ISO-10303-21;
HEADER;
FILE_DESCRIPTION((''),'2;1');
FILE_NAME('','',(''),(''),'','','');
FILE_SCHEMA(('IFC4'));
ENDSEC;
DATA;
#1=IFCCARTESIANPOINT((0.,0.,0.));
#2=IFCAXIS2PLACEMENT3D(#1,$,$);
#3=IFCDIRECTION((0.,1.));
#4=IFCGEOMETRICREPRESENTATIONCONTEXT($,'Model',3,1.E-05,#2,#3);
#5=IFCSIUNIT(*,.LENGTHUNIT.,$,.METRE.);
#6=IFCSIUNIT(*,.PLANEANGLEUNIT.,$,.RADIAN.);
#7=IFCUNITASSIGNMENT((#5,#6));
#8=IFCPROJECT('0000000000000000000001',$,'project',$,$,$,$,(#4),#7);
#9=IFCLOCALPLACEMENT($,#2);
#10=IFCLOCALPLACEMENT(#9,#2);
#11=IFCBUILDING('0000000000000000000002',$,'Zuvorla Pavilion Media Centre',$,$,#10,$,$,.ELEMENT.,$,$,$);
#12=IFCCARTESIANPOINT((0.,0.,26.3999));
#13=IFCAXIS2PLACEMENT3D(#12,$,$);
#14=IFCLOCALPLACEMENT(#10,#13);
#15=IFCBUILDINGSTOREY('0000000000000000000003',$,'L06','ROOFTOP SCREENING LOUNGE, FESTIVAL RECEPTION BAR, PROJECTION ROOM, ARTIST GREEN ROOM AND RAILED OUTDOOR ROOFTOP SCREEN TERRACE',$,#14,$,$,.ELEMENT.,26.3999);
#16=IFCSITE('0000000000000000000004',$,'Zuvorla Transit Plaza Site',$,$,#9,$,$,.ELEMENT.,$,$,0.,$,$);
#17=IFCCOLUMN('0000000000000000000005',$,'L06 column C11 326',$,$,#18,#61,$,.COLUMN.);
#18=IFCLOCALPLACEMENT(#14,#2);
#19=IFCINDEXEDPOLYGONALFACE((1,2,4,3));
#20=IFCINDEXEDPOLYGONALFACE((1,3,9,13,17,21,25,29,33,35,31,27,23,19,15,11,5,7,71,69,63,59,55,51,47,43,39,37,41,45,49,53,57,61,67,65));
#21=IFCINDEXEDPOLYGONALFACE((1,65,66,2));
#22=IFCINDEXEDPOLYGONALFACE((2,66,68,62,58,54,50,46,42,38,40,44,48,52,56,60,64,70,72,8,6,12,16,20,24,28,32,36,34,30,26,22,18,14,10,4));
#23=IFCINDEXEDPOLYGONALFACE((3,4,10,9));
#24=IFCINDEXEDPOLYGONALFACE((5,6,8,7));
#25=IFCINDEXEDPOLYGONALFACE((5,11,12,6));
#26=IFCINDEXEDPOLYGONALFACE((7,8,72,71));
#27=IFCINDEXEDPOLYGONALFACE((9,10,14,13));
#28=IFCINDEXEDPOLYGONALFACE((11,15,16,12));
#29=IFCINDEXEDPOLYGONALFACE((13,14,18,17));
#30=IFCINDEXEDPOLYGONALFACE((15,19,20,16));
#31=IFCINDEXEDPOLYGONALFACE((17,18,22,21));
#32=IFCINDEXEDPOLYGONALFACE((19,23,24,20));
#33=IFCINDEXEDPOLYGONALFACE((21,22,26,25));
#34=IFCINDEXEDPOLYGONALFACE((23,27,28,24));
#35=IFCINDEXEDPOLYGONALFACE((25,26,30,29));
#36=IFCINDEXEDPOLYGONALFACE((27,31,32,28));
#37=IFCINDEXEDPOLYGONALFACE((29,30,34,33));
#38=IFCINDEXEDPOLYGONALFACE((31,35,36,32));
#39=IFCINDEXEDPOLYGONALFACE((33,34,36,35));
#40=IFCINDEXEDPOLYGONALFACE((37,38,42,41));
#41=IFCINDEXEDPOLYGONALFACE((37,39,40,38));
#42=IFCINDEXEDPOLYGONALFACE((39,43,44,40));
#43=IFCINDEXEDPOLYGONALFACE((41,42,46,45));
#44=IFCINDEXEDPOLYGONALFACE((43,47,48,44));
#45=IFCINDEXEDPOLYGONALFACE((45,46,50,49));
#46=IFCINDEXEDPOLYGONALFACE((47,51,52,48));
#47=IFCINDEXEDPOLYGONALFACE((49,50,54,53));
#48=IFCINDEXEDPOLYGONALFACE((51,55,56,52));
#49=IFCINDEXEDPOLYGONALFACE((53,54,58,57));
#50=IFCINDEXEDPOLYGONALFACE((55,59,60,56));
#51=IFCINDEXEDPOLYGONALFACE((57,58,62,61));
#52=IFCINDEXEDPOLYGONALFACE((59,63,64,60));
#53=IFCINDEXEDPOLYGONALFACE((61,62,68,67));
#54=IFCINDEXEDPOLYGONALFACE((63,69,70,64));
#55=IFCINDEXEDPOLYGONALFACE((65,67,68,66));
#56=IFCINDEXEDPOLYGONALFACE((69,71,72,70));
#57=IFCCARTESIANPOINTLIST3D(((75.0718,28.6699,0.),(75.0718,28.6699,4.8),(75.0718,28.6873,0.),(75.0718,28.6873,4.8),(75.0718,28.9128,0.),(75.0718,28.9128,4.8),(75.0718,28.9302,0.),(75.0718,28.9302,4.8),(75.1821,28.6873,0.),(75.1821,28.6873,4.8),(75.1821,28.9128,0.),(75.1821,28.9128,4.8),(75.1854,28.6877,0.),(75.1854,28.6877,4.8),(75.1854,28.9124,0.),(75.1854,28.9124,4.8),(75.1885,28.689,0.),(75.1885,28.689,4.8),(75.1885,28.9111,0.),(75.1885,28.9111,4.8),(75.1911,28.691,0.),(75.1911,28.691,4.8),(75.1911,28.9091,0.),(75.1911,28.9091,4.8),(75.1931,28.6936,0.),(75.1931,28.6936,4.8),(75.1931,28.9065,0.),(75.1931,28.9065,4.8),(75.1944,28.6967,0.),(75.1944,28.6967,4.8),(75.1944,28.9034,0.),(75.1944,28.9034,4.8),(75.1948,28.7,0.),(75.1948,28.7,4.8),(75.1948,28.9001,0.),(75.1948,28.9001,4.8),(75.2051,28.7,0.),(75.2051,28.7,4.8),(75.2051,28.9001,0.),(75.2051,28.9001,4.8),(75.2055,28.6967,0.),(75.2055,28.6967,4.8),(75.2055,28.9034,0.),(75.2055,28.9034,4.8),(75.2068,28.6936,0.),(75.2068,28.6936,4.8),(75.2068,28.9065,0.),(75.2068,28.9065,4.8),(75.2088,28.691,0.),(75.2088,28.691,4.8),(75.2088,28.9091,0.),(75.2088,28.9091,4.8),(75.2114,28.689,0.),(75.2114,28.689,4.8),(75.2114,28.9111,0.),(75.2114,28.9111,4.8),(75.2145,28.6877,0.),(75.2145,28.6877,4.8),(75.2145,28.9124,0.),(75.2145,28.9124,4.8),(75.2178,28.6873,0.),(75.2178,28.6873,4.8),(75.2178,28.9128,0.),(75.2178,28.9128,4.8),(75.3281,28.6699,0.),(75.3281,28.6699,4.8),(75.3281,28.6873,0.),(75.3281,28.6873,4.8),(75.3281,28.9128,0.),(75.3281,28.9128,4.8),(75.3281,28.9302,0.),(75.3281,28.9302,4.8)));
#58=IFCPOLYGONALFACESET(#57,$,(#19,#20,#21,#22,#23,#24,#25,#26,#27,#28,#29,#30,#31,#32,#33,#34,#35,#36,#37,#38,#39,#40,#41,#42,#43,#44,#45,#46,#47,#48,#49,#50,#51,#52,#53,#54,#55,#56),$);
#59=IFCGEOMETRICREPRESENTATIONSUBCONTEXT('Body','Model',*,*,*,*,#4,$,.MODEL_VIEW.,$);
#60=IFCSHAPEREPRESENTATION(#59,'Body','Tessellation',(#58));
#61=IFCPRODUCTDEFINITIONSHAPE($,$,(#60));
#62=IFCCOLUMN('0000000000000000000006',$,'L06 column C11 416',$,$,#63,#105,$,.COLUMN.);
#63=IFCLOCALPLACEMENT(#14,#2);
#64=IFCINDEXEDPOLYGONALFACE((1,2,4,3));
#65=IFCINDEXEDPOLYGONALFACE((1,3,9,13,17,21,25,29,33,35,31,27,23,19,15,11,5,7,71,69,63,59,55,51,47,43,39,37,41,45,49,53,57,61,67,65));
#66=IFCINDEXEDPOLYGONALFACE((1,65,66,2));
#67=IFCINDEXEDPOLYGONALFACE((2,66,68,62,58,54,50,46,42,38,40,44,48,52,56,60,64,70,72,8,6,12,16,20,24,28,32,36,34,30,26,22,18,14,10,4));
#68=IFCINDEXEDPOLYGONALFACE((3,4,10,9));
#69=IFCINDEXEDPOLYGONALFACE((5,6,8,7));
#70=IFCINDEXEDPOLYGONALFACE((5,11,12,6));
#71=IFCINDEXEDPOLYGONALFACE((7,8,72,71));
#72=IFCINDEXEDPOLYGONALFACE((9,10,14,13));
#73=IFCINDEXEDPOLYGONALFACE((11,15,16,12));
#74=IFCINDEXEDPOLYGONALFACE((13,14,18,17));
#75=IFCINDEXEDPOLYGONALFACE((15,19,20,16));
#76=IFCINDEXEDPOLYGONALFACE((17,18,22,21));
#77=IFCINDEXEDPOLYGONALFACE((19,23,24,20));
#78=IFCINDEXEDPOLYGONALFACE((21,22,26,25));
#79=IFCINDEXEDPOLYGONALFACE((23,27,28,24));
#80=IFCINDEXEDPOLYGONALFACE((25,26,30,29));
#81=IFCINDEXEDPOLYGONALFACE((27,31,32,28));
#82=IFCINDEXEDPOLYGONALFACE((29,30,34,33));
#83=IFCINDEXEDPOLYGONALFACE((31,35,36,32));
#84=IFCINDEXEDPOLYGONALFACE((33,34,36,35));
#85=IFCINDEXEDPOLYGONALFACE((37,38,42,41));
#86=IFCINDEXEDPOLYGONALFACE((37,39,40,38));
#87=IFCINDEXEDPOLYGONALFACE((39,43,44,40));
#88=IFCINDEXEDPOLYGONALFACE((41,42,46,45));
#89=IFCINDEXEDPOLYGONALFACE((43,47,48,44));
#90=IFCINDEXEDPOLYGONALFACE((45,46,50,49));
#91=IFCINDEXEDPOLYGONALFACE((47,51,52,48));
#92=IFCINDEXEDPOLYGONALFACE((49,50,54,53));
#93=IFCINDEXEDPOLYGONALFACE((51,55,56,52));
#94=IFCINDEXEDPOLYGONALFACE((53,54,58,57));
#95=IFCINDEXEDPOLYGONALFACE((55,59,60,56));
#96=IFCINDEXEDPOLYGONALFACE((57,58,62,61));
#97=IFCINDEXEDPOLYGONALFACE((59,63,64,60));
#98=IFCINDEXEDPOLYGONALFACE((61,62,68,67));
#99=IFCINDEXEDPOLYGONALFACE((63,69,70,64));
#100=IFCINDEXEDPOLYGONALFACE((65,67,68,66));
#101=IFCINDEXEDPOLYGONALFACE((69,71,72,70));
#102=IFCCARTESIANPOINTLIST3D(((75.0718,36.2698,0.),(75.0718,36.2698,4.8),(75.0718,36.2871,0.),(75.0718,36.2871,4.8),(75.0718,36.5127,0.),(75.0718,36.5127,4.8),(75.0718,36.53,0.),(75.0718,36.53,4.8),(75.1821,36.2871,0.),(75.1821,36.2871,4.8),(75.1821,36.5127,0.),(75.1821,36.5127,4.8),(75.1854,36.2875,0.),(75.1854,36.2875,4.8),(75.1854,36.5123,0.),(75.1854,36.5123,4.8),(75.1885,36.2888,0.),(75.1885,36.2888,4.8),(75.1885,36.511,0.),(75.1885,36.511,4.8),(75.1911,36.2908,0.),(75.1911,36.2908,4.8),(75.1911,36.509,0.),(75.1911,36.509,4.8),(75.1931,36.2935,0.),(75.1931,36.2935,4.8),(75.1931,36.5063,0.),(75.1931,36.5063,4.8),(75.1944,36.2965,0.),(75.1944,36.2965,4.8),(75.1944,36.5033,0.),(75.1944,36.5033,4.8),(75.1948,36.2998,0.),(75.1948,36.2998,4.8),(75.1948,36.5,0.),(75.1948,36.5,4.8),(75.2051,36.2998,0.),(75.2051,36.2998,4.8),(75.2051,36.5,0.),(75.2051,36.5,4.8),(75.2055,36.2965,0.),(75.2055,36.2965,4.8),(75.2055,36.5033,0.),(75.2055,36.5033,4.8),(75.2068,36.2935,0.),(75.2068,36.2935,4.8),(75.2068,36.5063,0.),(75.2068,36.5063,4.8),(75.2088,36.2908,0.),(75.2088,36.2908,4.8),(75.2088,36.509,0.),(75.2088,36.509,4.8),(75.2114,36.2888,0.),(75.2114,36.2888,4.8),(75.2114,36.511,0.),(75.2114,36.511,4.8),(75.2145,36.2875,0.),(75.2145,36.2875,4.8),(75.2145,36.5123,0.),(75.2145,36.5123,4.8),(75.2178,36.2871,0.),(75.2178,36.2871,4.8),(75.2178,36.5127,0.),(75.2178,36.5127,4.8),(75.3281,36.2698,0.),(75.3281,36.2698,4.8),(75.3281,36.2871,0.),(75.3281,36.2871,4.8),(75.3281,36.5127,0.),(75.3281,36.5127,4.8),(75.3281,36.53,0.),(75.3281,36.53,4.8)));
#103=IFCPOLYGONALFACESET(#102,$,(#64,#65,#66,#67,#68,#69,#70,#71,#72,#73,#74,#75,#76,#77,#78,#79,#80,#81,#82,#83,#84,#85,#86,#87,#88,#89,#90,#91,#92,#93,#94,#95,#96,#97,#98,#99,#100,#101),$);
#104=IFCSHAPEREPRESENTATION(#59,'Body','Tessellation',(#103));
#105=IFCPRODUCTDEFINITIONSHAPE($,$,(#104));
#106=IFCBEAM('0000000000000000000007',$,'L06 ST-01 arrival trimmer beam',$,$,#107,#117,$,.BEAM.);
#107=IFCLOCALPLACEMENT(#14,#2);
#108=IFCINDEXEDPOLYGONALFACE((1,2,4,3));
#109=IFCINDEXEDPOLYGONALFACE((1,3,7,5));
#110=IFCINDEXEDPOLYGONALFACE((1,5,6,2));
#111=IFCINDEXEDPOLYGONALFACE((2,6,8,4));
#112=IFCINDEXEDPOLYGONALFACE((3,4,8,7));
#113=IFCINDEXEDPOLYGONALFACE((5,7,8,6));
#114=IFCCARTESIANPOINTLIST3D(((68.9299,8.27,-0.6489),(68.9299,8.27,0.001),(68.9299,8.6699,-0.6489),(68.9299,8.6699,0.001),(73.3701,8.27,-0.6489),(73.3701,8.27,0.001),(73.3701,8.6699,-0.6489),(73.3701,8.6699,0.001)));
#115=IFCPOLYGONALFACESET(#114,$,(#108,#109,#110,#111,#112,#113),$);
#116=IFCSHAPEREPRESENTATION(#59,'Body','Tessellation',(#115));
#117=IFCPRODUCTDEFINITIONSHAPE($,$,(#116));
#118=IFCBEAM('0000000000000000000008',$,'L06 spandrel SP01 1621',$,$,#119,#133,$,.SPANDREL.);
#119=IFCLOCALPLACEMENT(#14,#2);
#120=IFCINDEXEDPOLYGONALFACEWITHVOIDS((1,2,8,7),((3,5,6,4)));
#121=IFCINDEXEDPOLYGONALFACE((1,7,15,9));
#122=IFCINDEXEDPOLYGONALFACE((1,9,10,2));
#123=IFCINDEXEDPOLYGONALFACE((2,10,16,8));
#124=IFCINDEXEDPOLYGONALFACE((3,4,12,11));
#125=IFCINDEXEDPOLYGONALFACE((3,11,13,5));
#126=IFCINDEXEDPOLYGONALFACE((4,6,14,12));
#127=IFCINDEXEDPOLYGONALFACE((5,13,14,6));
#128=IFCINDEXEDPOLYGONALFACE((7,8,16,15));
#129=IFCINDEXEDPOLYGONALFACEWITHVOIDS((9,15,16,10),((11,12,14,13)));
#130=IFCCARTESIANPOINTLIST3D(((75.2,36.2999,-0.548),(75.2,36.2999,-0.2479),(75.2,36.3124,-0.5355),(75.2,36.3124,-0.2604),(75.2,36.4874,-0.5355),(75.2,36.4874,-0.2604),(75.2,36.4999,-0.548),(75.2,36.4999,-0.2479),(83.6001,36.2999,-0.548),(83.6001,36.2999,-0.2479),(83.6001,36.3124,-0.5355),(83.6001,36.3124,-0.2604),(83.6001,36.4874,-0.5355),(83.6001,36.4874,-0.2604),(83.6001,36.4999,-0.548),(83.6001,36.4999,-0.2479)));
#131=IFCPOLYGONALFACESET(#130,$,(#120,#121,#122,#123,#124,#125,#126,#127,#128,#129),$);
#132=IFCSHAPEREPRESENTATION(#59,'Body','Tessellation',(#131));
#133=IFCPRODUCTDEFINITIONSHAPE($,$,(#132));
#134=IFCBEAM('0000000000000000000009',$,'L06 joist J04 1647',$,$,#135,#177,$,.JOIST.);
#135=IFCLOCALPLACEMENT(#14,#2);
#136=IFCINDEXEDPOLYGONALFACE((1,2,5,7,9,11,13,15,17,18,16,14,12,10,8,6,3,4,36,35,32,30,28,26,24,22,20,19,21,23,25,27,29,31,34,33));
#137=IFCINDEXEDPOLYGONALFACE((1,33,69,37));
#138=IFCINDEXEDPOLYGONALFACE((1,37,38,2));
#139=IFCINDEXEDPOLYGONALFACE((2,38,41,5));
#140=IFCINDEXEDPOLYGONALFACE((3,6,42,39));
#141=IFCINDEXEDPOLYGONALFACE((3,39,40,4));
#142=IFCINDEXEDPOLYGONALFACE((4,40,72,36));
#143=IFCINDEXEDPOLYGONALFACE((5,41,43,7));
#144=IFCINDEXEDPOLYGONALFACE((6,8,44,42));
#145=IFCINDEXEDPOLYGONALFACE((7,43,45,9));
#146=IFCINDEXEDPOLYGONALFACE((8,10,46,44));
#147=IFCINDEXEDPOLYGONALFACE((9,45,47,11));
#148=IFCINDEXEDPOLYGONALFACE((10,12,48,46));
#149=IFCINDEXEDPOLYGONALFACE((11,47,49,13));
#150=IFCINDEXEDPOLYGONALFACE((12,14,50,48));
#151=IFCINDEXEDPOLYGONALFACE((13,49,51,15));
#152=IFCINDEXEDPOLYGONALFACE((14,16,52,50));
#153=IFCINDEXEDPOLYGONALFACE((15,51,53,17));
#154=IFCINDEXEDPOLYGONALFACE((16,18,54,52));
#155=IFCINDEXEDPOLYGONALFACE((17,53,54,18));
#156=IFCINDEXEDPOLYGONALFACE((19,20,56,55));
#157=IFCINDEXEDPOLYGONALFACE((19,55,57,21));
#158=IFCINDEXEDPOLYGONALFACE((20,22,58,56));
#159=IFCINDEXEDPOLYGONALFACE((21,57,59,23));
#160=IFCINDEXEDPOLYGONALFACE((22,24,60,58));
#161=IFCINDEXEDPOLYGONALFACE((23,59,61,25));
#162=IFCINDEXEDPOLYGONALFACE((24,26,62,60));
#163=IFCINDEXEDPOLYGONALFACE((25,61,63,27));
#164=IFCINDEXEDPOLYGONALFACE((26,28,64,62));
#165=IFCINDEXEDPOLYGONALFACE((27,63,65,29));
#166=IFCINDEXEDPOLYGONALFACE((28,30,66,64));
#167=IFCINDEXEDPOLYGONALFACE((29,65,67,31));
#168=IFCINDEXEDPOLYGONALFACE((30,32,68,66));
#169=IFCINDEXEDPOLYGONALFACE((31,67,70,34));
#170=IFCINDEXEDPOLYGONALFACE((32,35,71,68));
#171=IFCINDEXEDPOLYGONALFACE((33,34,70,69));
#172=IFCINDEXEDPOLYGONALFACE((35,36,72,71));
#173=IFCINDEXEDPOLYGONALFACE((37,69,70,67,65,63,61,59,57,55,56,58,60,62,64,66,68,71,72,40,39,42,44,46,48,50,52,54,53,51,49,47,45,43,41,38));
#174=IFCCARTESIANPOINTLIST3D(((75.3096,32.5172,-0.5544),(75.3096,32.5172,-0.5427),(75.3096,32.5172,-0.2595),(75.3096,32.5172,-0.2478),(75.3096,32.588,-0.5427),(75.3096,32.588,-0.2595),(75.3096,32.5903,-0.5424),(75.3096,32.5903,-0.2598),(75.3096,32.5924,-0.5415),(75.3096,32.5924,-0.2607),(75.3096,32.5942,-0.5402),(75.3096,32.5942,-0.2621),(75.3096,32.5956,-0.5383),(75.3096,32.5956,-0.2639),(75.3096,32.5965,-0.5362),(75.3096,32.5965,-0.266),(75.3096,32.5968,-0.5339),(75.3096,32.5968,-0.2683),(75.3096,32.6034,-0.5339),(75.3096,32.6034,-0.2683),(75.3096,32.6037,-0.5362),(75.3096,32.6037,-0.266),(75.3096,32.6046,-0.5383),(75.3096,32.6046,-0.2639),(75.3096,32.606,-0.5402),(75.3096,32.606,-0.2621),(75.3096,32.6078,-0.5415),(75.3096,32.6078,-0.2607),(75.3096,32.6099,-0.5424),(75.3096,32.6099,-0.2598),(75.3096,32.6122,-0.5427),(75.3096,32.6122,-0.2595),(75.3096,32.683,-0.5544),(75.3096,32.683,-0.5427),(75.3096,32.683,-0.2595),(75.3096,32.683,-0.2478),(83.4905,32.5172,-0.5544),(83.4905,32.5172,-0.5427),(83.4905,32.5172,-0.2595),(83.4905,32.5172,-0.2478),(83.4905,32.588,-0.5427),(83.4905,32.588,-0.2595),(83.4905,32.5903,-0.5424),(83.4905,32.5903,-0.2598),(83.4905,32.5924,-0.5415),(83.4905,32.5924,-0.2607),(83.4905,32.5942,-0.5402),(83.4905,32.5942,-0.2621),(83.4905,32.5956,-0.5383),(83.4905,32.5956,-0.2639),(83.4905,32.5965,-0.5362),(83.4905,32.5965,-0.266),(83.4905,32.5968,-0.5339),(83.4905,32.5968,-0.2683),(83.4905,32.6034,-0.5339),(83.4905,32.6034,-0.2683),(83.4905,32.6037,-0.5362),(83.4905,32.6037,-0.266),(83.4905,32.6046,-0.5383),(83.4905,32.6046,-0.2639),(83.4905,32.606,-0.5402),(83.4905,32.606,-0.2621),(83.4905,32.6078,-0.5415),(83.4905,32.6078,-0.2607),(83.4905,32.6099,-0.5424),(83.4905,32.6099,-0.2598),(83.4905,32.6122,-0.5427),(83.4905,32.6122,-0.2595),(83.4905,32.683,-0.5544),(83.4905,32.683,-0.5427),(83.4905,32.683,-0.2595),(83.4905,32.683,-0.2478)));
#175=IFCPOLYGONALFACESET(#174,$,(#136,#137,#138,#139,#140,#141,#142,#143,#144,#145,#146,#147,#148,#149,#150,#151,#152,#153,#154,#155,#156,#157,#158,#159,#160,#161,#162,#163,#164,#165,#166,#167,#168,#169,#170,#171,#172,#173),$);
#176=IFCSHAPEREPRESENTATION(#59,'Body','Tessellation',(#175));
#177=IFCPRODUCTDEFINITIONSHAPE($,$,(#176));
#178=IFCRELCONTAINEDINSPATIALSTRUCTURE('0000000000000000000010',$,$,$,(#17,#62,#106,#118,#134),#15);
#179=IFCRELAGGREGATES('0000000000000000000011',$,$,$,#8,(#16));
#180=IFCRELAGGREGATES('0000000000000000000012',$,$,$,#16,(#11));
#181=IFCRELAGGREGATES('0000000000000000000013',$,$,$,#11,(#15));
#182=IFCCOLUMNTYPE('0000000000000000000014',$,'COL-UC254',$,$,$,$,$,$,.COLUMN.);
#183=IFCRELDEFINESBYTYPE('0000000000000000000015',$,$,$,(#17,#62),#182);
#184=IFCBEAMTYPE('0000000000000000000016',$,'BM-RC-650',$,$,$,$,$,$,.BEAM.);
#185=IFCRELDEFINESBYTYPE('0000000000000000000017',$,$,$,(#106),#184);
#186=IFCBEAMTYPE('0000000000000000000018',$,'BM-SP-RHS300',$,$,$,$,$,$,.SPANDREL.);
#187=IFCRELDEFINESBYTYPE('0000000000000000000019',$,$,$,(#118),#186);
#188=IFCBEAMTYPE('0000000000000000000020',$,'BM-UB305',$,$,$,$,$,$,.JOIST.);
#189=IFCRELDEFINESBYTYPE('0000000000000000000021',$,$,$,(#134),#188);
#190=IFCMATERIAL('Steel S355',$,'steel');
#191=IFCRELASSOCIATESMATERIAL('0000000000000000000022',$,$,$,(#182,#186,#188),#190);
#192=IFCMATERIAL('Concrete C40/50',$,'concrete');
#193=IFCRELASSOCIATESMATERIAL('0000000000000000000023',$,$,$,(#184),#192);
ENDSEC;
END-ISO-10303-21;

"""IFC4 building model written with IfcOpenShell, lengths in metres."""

from ifc_helpers import new_model, si_unit, direction, frame, origin, origin_2d, place, context, subcontext, project, spatial, rectangle, hollow_rectangle, i_section, extrude, material, material_profile, profile_set, type_object, element, save


model = new_model("IFC4")

# Units and contexts
model_context = context("Model", 3, precision=1e-05, world=origin(), true_north=direction((0.0, 1.0)))
body_context = subcontext(model_context, "Body", "Model", "MODEL_VIEW")
ifc_project = project(units=[si_unit("LENGTHUNIT", "METRE"), si_unit("PLANEANGLEUNIT", "RADIAN")], contexts=[model_context])

# Site, building, storey
site_placement = place(None, origin())
site = spatial("IfcSite", under=ifc_project, at=site_placement, Name="Zuvorla Transit Plaza Site", CompositionType="ELEMENT", RefElevation=0.0)
building_placement = place(site_placement, origin())
building = spatial("IfcBuilding", under=site, at=building_placement, Name="Zuvorla Pavilion Media Centre", CompositionType="ELEMENT")
storey_placement = place(building_placement, frame((0.0, 0.0, 26.3999)))
storey = spatial("IfcBuildingStorey", under=building, at=storey_placement, Name="L06", Description="ROOFTOP SCREENING LOUNGE, FESTIVAL RECEPTION BAR, PROJECTION ROOM, ARTIST GREEN ROOM AND RAILED OUTDOOR ROOFTOP SCREEN TERRACE", CompositionType="ELEMENT", Elevation=26.3999)

# Columns
ifc_material_1 = material(Name="Steel S355", Category="steel")
ifc_material_profile_1 = material_profile(ifc_material_1, i_section(OverallWidth=0.2563, OverallDepth=0.2603, WebThickness=0.0103, FlangeThickness=0.0173, FilletRadius=0.0127, at=origin_2d()), Name="UC 254x254x89")
ifc_profile_set_1 = profile_set([ifc_material_profile_1], Name="Steel S355")
column_type = type_object("IfcColumnType", Name="COL-UC254", PredefinedType="COLUMN", material=ifc_profile_set_1)
for number, where, z_axis, x_axis, name in (
    (1, (75.2, 28.8, 0.0), (0.0, 0.0, 1.0), (1.0, 0.0, 0.0), "L06 column C11 326"),
    (2, (75.2, 36.3999, 0.0), (0.0, 0.0, 1.0), (1.0, 0.0, 0.0), "L06 column C11 416"),
):
    element("IfcColumn", number, at=place(storey_placement, frame(where, z_axis=z_axis, x_axis=x_axis)), inside=storey, type_object=column_type, Name=name, PredefinedType="COLUMN", context=body_context, shape_type="SweptSolid", body=[
        extrude(i_section(OverallWidth=0.2563, OverallDepth=0.2603, WebThickness=0.0103, FlangeThickness=0.0173, FilletRadius=0.0127, at=origin_2d()), origin(), (0.0, 0.0, 1.0), 4.8),
    ])

# Beams
ifc_material_2 = material(Name="Concrete C40/50", Category="concrete")
ifc_material_profile_2 = material_profile(ifc_material_2, rectangle(XDim=0.3999, YDim=0.6499, at=origin_2d()), Name="RC 400x650")
ifc_profile_set_2 = profile_set([ifc_material_profile_2], Name="Concrete C40/50")
beam_type_1 = type_object("IfcBeamType", Name="BM-RC-650", PredefinedType="BEAM", material=ifc_profile_set_2)
beam_1_placement = place(storey_placement, frame((68.9299, 8.47, -0.324), z_axis=(1.0, 0.0, 0.0), x_axis=(0.0, 1.0, 0.0)))
element("IfcBeam", 3, at=beam_1_placement, inside=storey, type_object=beam_type_1, Name="L06 ST-01 arrival trimmer beam", PredefinedType="BEAM", context=body_context, shape_type="SweptSolid", body=[
    extrude(rectangle(XDim=0.3999, YDim=0.6499, at=origin_2d()), origin(), (0.0, 0.0, 1.0), 4.4402),
])
ifc_material_profile_3 = material_profile(ifc_material_1, hollow_rectangle(XDim=0.2, YDim=0.3, WallThickness=0.0125, at=origin_2d()), Name="RHS 300x200x12.5")
ifc_profile_set_3 = profile_set([ifc_material_profile_3], Name="Steel S355")
beam_type_2 = type_object("IfcBeamType", Name="BM-SP-RHS300", PredefinedType="SPANDREL", material=ifc_profile_set_3)
beam_2_placement = place(storey_placement, frame((75.2, 36.3999, -0.3979), z_axis=(1.0, 0.0, 0.0), x_axis=(0.0, 1.0, 0.0)))
element("IfcBeam", 4, at=beam_2_placement, inside=storey, type_object=beam_type_2, Name="L06 spandrel SP01 1621", PredefinedType="SPANDREL", context=body_context, shape_type="SweptSolid", body=[
    extrude(hollow_rectangle(XDim=0.2, YDim=0.3, WallThickness=0.0125, at=origin_2d()), origin(), (0.0, 0.0, 1.0), 8.4001),
])
ifc_material_profile_4 = material_profile(ifc_material_1, i_section(OverallWidth=0.1658, OverallDepth=0.3066, WebThickness=0.0066, FlangeThickness=0.0117, FilletRadius=0.0088, at=origin_2d()), Name="UB 305x165x46")
ifc_profile_set_4 = profile_set([ifc_material_profile_4], Name="Steel S355")
beam_type_3 = type_object("IfcBeamType", Name="BM-UB305", PredefinedType="JOIST", material=ifc_profile_set_4)
beam_3_placement = place(storey_placement, frame((75.3096, 32.6001, -0.4011), z_axis=(1.0, 0.0, 0.0), x_axis=(0.0, 1.0, 0.0)))
element("IfcBeam", 5, at=beam_3_placement, inside=storey, type_object=beam_type_3, Name="L06 joist J04 1647", PredefinedType="JOIST", context=body_context, shape_type="SweptSolid", body=[
    extrude(i_section(OverallWidth=0.1658, OverallDepth=0.3066, WebThickness=0.0066, FlangeThickness=0.0117, FilletRadius=0.0088, at=origin_2d()), origin(), (0.0, 0.0, 1.0), 8.1809),
])

save(model, "model.ifc")
